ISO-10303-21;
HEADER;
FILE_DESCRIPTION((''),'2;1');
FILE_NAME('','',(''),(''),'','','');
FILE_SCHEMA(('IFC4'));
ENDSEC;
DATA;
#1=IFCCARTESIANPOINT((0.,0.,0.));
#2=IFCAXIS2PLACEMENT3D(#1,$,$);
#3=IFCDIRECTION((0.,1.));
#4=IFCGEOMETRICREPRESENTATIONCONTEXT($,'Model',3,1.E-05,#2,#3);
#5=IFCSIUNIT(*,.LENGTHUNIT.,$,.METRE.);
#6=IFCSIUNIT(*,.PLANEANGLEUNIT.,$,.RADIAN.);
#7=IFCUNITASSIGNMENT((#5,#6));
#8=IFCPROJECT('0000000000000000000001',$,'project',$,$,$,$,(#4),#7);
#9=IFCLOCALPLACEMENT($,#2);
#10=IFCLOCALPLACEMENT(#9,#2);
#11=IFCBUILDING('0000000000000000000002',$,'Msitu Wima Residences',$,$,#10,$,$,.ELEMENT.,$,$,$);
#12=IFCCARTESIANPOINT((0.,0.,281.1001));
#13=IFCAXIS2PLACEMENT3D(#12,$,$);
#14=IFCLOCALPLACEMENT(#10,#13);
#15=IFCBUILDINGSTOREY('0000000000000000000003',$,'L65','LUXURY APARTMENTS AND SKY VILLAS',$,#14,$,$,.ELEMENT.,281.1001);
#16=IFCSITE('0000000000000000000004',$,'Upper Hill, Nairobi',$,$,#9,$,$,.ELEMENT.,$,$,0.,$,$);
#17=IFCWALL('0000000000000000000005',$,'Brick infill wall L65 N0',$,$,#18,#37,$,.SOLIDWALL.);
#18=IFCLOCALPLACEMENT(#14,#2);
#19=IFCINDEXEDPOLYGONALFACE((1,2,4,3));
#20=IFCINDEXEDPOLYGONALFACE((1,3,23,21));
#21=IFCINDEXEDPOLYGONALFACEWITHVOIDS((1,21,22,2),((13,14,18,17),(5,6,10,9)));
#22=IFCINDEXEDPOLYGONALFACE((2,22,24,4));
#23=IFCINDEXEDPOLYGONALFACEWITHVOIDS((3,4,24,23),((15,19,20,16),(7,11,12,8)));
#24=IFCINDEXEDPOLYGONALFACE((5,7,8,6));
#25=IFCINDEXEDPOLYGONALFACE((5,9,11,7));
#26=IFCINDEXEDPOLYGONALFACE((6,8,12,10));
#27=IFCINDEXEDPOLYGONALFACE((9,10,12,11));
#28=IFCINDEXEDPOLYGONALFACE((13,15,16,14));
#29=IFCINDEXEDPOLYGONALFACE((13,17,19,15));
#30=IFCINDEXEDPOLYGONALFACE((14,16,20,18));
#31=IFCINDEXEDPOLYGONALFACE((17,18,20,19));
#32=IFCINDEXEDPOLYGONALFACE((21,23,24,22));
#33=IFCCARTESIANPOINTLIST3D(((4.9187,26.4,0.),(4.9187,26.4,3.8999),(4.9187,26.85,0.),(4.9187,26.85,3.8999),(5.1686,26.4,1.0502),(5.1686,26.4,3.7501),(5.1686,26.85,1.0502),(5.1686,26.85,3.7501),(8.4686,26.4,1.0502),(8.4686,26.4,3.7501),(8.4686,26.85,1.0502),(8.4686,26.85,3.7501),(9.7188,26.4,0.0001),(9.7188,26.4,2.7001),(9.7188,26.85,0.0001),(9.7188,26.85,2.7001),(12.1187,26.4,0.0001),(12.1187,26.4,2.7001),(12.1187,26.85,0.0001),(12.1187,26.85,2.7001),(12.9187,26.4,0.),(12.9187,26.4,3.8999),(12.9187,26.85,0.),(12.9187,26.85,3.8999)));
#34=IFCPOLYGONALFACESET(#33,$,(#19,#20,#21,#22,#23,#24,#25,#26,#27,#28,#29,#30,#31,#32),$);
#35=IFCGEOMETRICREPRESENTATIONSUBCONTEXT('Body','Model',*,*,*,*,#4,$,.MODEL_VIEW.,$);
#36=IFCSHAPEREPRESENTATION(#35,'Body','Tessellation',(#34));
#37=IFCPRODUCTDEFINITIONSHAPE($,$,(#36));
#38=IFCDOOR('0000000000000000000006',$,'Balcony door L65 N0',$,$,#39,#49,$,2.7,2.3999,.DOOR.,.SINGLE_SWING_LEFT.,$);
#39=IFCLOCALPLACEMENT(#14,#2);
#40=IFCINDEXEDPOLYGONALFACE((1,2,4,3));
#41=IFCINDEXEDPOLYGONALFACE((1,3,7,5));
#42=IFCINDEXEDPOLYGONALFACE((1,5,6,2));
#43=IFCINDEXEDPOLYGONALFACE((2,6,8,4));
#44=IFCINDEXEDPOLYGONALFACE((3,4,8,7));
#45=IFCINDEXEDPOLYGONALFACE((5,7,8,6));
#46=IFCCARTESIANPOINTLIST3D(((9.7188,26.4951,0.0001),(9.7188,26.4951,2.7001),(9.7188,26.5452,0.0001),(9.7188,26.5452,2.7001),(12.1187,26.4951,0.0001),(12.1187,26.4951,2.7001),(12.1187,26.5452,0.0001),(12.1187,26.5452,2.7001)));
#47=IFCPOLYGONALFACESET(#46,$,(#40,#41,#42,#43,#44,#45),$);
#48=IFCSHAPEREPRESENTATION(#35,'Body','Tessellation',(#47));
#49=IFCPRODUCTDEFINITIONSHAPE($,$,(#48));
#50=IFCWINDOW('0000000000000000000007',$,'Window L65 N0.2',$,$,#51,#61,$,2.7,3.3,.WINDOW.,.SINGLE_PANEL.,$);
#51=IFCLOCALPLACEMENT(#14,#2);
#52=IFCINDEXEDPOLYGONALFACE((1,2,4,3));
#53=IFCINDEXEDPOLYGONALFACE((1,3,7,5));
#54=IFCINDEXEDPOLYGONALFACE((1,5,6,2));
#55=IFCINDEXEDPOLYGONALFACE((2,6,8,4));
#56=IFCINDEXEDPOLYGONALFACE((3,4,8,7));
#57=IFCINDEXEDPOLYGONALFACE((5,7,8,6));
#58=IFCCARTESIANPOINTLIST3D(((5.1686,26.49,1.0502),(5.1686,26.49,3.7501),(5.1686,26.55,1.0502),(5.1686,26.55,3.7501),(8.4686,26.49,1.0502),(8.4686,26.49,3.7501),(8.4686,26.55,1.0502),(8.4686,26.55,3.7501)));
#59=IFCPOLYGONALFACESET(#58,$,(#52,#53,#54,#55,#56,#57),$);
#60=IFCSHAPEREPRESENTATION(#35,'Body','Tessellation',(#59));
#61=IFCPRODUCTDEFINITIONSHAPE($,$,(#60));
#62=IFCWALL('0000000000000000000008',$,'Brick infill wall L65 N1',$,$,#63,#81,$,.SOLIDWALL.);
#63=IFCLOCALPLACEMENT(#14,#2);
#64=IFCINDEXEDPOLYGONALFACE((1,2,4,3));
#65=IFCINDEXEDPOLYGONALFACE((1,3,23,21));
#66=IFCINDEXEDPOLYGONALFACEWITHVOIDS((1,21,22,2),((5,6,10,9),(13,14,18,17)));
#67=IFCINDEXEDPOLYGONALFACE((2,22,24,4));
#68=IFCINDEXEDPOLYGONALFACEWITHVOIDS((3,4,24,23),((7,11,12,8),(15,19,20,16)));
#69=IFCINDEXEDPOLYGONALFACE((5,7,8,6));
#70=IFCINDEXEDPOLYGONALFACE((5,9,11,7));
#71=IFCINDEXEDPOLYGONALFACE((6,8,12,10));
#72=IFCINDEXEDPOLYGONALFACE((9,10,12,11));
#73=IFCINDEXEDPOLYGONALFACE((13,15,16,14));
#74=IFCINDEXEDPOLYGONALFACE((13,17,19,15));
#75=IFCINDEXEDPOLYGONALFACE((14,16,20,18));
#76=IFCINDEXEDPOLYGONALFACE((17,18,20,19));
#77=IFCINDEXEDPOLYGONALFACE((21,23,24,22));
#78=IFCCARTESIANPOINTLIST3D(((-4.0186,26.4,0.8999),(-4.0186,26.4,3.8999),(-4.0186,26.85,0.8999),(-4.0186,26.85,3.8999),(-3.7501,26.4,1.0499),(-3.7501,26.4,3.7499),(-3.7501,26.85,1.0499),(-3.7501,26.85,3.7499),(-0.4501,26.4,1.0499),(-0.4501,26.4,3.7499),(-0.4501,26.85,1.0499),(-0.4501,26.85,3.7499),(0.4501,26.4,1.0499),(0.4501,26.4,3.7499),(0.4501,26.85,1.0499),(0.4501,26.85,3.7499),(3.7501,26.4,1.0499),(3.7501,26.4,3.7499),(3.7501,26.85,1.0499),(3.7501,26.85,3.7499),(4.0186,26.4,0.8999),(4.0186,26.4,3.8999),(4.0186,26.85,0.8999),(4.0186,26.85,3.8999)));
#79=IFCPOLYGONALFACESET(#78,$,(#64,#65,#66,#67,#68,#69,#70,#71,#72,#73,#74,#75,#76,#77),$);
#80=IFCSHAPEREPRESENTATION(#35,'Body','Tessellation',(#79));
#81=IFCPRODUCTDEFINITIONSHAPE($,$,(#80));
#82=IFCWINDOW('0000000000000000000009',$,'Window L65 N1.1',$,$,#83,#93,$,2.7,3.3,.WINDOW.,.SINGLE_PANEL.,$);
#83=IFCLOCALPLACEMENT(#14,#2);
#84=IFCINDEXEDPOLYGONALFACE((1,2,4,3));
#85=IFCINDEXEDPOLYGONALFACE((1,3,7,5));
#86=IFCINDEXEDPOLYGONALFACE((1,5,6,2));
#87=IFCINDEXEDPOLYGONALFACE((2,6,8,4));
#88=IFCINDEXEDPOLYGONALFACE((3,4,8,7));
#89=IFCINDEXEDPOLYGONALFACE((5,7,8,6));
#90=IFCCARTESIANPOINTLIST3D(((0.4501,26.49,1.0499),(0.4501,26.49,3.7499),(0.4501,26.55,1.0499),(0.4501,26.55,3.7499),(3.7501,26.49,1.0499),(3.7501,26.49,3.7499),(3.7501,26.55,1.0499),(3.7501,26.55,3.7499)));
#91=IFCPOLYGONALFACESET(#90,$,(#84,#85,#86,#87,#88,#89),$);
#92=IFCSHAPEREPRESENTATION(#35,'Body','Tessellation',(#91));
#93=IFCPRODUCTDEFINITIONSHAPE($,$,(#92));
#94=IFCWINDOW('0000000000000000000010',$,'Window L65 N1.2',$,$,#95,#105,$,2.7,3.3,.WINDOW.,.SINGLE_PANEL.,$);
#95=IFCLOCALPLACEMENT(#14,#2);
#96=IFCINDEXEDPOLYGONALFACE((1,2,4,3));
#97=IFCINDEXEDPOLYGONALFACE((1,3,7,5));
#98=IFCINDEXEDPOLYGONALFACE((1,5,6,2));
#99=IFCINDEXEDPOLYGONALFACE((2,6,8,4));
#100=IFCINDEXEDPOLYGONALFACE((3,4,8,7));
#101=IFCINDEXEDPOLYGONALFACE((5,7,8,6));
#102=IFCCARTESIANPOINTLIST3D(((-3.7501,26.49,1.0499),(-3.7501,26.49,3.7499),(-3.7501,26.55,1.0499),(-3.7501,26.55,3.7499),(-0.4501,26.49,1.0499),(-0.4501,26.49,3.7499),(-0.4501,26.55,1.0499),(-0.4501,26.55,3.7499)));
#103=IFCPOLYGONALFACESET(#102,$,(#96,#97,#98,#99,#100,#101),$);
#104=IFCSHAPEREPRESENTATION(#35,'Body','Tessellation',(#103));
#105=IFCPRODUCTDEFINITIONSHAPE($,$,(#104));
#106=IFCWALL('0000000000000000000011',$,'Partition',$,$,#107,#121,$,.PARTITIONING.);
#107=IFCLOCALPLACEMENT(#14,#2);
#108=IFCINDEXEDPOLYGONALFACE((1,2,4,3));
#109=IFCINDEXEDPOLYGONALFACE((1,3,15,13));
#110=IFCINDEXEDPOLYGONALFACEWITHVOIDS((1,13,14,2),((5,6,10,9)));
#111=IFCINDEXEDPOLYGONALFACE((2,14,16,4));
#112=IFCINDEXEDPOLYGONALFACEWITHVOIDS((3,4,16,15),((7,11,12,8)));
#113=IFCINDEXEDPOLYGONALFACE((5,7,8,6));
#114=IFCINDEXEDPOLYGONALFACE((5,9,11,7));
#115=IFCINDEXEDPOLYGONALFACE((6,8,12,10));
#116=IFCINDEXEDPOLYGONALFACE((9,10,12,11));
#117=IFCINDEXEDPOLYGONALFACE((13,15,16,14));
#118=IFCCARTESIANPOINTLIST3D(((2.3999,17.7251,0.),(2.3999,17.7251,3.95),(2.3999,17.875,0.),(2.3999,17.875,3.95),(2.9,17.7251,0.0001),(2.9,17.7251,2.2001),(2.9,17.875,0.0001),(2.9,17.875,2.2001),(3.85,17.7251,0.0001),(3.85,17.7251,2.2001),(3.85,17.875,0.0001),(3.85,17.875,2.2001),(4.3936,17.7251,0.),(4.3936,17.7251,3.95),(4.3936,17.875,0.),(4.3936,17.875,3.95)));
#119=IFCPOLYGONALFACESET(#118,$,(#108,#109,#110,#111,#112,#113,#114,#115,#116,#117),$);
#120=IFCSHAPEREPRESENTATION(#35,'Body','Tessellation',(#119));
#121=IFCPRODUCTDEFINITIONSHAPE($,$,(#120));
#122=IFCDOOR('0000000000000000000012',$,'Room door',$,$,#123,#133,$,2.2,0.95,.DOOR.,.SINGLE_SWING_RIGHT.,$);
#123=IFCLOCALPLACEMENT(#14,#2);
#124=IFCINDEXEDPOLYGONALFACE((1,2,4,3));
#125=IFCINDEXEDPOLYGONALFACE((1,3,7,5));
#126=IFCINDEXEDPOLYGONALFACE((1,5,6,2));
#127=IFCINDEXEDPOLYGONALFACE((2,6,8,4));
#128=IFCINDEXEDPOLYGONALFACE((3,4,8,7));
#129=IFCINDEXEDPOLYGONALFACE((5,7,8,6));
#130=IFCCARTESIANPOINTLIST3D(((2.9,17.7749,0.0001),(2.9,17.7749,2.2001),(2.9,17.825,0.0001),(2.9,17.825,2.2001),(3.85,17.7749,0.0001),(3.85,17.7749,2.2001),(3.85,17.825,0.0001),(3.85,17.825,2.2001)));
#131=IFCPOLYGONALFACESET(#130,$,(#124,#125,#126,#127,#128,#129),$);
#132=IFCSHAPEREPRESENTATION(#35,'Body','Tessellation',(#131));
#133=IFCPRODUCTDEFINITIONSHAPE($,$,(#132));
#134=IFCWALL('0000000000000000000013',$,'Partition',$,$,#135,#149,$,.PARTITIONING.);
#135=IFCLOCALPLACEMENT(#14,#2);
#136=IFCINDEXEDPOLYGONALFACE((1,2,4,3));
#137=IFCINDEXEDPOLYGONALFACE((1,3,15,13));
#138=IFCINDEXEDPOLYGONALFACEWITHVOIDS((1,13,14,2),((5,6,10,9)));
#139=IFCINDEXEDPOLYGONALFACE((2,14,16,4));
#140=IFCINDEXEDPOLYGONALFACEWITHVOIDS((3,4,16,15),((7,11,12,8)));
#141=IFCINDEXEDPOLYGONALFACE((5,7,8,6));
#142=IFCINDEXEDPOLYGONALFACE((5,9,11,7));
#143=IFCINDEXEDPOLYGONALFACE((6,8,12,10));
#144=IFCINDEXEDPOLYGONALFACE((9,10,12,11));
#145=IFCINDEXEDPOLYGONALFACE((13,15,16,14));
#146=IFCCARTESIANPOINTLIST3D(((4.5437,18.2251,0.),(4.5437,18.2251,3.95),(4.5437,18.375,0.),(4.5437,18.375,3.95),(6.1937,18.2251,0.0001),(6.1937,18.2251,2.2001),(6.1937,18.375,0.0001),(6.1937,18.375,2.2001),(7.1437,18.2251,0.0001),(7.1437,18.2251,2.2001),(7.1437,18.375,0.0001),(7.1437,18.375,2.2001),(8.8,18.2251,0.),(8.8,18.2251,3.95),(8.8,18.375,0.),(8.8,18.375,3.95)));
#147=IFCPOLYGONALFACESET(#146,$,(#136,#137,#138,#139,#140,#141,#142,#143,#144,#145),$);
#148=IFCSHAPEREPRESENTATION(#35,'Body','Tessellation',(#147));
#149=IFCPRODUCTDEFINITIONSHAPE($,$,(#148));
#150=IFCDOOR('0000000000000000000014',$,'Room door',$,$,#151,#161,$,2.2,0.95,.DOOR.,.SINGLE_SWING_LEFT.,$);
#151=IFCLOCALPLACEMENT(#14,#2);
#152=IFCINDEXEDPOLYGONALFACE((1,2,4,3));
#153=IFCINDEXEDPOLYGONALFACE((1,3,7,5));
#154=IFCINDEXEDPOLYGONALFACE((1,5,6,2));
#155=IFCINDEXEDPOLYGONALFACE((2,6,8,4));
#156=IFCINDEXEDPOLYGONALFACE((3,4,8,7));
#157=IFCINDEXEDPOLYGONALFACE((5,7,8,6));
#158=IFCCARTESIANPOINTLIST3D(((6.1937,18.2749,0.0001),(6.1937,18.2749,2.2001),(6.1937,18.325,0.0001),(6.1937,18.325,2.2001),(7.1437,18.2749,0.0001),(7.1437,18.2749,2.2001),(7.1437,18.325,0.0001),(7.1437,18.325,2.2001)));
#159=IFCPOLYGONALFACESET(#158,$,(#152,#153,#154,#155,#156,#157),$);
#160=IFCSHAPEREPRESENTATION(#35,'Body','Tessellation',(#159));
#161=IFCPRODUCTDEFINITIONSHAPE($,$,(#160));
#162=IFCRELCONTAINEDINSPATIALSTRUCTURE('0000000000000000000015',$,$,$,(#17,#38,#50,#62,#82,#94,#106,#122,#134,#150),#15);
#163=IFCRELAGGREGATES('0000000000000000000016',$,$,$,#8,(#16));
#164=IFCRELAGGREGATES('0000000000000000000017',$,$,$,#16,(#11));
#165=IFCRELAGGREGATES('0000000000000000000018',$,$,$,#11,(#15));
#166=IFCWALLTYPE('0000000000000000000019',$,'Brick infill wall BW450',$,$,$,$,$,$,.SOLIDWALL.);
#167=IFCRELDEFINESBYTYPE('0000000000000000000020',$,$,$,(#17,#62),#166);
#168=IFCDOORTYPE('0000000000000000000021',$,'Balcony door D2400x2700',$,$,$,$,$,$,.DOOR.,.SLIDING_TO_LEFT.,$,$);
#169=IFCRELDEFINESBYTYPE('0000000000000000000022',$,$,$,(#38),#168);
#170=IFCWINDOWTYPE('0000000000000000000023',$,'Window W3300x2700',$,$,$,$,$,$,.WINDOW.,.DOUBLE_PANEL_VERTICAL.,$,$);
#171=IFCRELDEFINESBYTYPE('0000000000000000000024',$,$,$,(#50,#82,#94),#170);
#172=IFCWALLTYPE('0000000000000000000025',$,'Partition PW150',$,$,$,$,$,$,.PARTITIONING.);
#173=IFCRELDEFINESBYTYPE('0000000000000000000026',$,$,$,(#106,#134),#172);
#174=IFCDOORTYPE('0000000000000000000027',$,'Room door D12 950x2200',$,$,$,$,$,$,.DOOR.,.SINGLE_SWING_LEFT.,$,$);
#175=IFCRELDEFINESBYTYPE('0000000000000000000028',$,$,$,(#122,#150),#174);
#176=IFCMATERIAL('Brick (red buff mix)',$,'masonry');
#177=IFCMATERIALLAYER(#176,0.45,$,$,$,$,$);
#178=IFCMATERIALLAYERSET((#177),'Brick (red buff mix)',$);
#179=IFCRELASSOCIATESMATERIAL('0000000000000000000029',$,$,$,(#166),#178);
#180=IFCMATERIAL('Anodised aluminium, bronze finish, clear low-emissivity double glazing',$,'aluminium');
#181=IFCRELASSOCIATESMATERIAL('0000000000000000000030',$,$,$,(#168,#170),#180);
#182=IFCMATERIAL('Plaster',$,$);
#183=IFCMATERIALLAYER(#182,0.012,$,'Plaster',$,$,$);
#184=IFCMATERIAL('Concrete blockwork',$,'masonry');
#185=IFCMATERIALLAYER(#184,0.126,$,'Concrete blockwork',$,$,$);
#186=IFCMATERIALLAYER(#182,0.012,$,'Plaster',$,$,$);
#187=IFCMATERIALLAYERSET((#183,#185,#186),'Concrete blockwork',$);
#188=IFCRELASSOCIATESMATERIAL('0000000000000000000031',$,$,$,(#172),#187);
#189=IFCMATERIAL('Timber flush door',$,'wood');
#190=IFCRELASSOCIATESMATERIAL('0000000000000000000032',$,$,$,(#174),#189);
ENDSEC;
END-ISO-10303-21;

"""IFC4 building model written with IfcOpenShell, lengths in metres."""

from ifc_helpers import new_model, si_unit, direction, frame, frame_2d, origin, place, context, subcontext, project, spatial, rectangle, extrude, material, layer, layer_set, type_object, element, fill, save


model = new_model("IFC4")

# Units and contexts
model_context = context("Model", 3, precision=1e-05, world=origin(), true_north=direction((0.0, 1.0)))
body_context = subcontext(model_context, "Body", "Model", "MODEL_VIEW")
ifc_project = project(units=[si_unit("LENGTHUNIT", "METRE"), si_unit("PLANEANGLEUNIT", "RADIAN")], contexts=[model_context])

# Site, building, storey
site_placement = place(None, origin())
site = spatial("IfcSite", under=ifc_project, at=site_placement, Name="Upper Hill, Nairobi", CompositionType="ELEMENT", RefElevation=0.0)
building_placement = place(site_placement, origin())
building = spatial("IfcBuilding", under=site, at=building_placement, Name="Msitu Wima Residences", CompositionType="ELEMENT")
storey_placement = place(building_placement, frame((0.0, 0.0, 281.1001)))
storey = spatial("IfcBuildingStorey", under=building, at=storey_placement, Name="L65", Description="LUXURY APARTMENTS AND SKY VILLAS", CompositionType="ELEMENT", Elevation=281.1001)

# Wall, openings, door, window
ifc_material_1 = material(Name="Brick (red buff mix)", Category="masonry")
ifc_layer_1 = layer(ifc_material_1, 0.45)
ifc_layer_set_1 = layer_set([ifc_layer_1], Name="Brick (red buff mix)")
wall_type_1 = type_object("IfcWallType", Name="Brick infill wall BW450", PredefinedType="SOLIDWALL", material=ifc_layer_set_1)
wall_1_placement = place(storey_placement, frame((12.9187, 26.625, 0.0), z_axis=(0.0, 0.0, 1.0), x_axis=(-1.0, 0.0, 0.0)))
wall_1 = element("IfcWall", 1, at=wall_1_placement, inside=storey, type_object=wall_type_1, Name="Brick infill wall L65 N0", PredefinedType="SOLIDWALL", context=body_context, shape_type="SweptSolid", body=[
    extrude(rectangle(XDim=8.0, YDim=0.45, at=frame_2d((4.0, 0.0))), origin(), (0.0, 0.0, 1.0), 3.8999),
])
opening_1_placement = place(wall_1_placement, frame((0.8, 0.0, 0.0)))
opening_1 = element("IfcOpeningElement", 2, at=opening_1_placement, cuts=wall_1, PredefinedType="OPENING", context=body_context, shape_type="SweptSolid", body=[
    extrude(rectangle(XDim=2.3999, YDim=2.7, at=frame_2d((1.2, 1.3501))), frame((0.0, 0.2349, 0.0), z_axis=(0.0, -1.0, 0.0), x_axis=(1.0, 0.0, 0.0)), (0.0, 0.0, 1.0), 0.47),
])
opening_2_placement = place(wall_1_placement, frame((4.4502, 0.0, 1.05)))
opening_2 = element("IfcOpeningElement", 3, at=opening_2_placement, cuts=wall_1, PredefinedType="OPENING", context=body_context, shape_type="SweptSolid", body=[
    extrude(rectangle(XDim=3.3, YDim=2.7, at=frame_2d((1.6499, 1.3501))), frame((0.0, 0.2349, 0.0), z_axis=(0.0, -1.0, 0.0), x_axis=(1.0, 0.0, 0.0)), (0.0, 0.0, 1.0), 0.47),
])
ifc_material_2 = material(Name="Anodised aluminium, bronze finish, clear low-emissivity double glazing", Category="aluminium")
door_type_1 = type_object("IfcDoorType", Name="Balcony door D2400x2700", OperationType="SLIDING_TO_LEFT", PredefinedType="DOOR", material=ifc_material_2)
door_1_placement = place(opening_1_placement, origin())
door_1 = element("IfcDoor", 4, at=door_1_placement, inside=storey, type_object=door_type_1, Name="Balcony door L65 N0", OperationType="SINGLE_SWING_LEFT", OverallHeight=2.7, OverallWidth=2.3999, PredefinedType="DOOR", context=body_context, shape_type="SweptSolid", body=[
    extrude(rectangle(XDim=2.3999, YDim=2.7, at=frame_2d((1.2, 1.3501))), frame((0.0, 0.1299, 0.0), z_axis=(0.0, -1.0, 0.0), x_axis=(1.0, 0.0, 0.0)), (0.0, 0.0, 1.0), 0.05),
])
fill(opening_1, door_1)
window_type = type_object("IfcWindowType", Name="Window W3300x2700", PartitioningType="DOUBLE_PANEL_VERTICAL", PredefinedType="WINDOW", material=ifc_material_2)
window_1_placement = place(opening_2_placement, origin())
window_1 = element("IfcWindow", 5, at=window_1_placement, inside=storey, type_object=window_type, Name="Window L65 N0.2", OverallHeight=2.7, OverallWidth=3.3, PartitioningType="SINGLE_PANEL", PredefinedType="WINDOW", context=body_context, shape_type="SweptSolid", body=[
    extrude(rectangle(XDim=3.3, YDim=2.7, at=frame_2d((1.6499, 1.3501))), frame((0.0, 0.135, 0.0), z_axis=(0.0, -1.0, 0.0), x_axis=(1.0, 0.0, 0.0)), (0.0, 0.0, 1.0), 0.0601),
])
fill(opening_2, window_1)

# Wall, openings, windows
wall_2_placement = place(storey_placement, frame((4.0186, 26.625, 0.8999), z_axis=(0.0, 0.0, 1.0), x_axis=(-1.0, 0.0, 0.0)))
wall_2 = element("IfcWall", 6, at=wall_2_placement, inside=storey, type_object=wall_type_1, Name="Brick infill wall L65 N1", PredefinedType="SOLIDWALL", context=body_context, shape_type="SweptSolid", body=[
    extrude(rectangle(XDim=8.0371, YDim=0.45, at=frame_2d((4.0186, 0.0))), origin(), (0.0, 0.0, 1.0), 3.0),
])
opening_3_placement = place(wall_2_placement, frame((0.2686, 0.0, 0.1499)))
opening_3 = element("IfcOpeningElement", 7, at=opening_3_placement, cuts=wall_2, PredefinedType="OPENING", context=body_context, shape_type="SweptSolid", body=[
    extrude(rectangle(XDim=3.3, YDim=2.7, at=frame_2d((1.6499, 1.3501))), frame((0.0, 0.2349, 0.0), z_axis=(0.0, -1.0, 0.0), x_axis=(1.0, 0.0, 0.0)), (0.0, 0.0, 1.0), 0.47),
])
opening_4_placement = place(wall_2_placement, frame((4.4688, 0.0, 0.1499)))
opening_4 = element("IfcOpeningElement", 8, at=opening_4_placement, cuts=wall_2, PredefinedType="OPENING", context=body_context, shape_type="SweptSolid", body=[
    extrude(rectangle(XDim=3.3, YDim=2.7, at=frame_2d((1.6499, 1.3501))), frame((0.0, 0.2349, 0.0), z_axis=(0.0, -1.0, 0.0), x_axis=(1.0, 0.0, 0.0)), (0.0, 0.0, 1.0), 0.47),
])
window_2_placement = place(opening_3_placement, origin())
window_2 = element("IfcWindow", 9, at=window_2_placement, inside=storey, type_object=window_type, Name="Window L65 N1.1", OverallHeight=2.7, OverallWidth=3.3, PartitioningType="SINGLE_PANEL", PredefinedType="WINDOW", context=body_context, shape_type="SweptSolid", body=[
    extrude(rectangle(XDim=3.3, YDim=2.7, at=frame_2d((1.6499, 1.3501))), frame((0.0, 0.135, 0.0), z_axis=(0.0, -1.0, 0.0), x_axis=(1.0, 0.0, 0.0)), (0.0, 0.0, 1.0), 0.0601),
])
fill(opening_3, window_2)
window_3_placement = place(opening_4_placement, origin())
window_3 = element("IfcWindow", 10, at=window_3_placement, inside=storey, type_object=window_type, Name="Window L65 N1.2", OverallHeight=2.7, OverallWidth=3.3, PartitioningType="SINGLE_PANEL", PredefinedType="WINDOW", context=body_context, shape_type="SweptSolid", body=[
    extrude(rectangle(XDim=3.3, YDim=2.7, at=frame_2d((1.6499, 1.3501))), frame((0.0, 0.135, 0.0), z_axis=(0.0, -1.0, 0.0), x_axis=(1.0, 0.0, 0.0)), (0.0, 0.0, 1.0), 0.0601),
])
fill(opening_4, window_3)

# Walls, openings, doors
ifc_material_3 = material(Name="Plaster")
ifc_layer_2 = layer(ifc_material_3, 0.012, Name="Plaster")
ifc_material_4 = material(Name="Concrete blockwork", Category="masonry")
ifc_layer_3 = layer(ifc_material_4, 0.126, Name="Concrete blockwork")
ifc_layer_4 = layer(ifc_material_3, 0.012, Name="Plaster")
ifc_layer_set_2 = layer_set([ifc_layer_2, ifc_layer_3, ifc_layer_4], Name="Concrete blockwork")
wall_type_2 = type_object("IfcWallType", Name="Partition PW150", PredefinedType="PARTITIONING", material=ifc_layer_set_2)
wall_3_placement = place(storey_placement, frame((2.3999, 17.8, 0.0), z_axis=(0.0, 0.0, 1.0), x_axis=(1.0, 0.0, 0.0)))
wall_3 = element("IfcWall", 11, at=wall_3_placement, inside=storey, type_object=wall_type_2, Name="Partition", PredefinedType="PARTITIONING", context=body_context, shape_type="SweptSolid", body=[
    extrude(rectangle(XDim=1.9937, YDim=0.1499, at=frame_2d((0.9968, 0.0))), origin(), (0.0, 0.0, 1.0), 3.95),
])
opening_5_placement = place(wall_3_placement, frame((0.5, 0.0, 0.0)))
opening_5 = element("IfcOpeningElement", 12, at=opening_5_placement, cuts=wall_3, PredefinedType="OPENING", context=body_context, shape_type="SweptSolid", body=[
    extrude(rectangle(XDim=0.95, YDim=2.2, at=frame_2d((0.4751, 1.1001))), frame((0.0, 0.085, 0.0), z_axis=(0.0, -1.0, 0.0), x_axis=(1.0, 0.0, 0.0)), (0.0, 0.0, 1.0), 0.1699),
])
ifc_material_5 = material(Name="Timber flush door", Category="wood")
door_type_2 = type_object("IfcDoorType", Name="Room door D12 950x2200", OperationType="SINGLE_SWING_LEFT", PredefinedType="DOOR", material=ifc_material_5)
door_2_placement = place(opening_5_placement, origin())
door_2 = element("IfcDoor", 13, at=door_2_placement, inside=storey, type_object=door_type_2, Name="Room door", OperationType="SINGLE_SWING_RIGHT", OverallHeight=2.2, OverallWidth=0.95, PredefinedType="DOOR", context=body_context, shape_type="SweptSolid", body=[
    extrude(rectangle(XDim=0.95, YDim=2.2, at=frame_2d((0.4751, 1.1001))), frame((0.0, 0.0249, 0.0), z_axis=(0.0, -1.0, 0.0), x_axis=(1.0, 0.0, 0.0)), (0.0, 0.0, 1.0), 0.05),
])
fill(opening_5, door_2)
wall_4_placement = place(storey_placement, frame((4.5437, 18.3, 0.0), z_axis=(0.0, 0.0, 1.0), x_axis=(1.0, 0.0, 0.0)))
wall_4 = element("IfcWall", 14, at=wall_4_placement, inside=storey, type_object=wall_type_2, Name="Partition", PredefinedType="PARTITIONING", context=body_context, shape_type="SweptSolid", body=[
    extrude(rectangle(XDim=4.2563, YDim=0.1499, at=frame_2d((2.1282, 0.0))), origin(), (0.0, 0.0, 1.0), 3.95),
])
opening_6_placement = place(wall_4_placement, frame((1.6499, 0.0, 0.0)))
opening_6 = element("IfcOpeningElement", 15, at=opening_6_placement, cuts=wall_4, PredefinedType="OPENING", context=body_context, shape_type="SweptSolid", body=[
    extrude(rectangle(XDim=0.95, YDim=2.2, at=frame_2d((0.4751, 1.1001))), frame((0.0, 0.085, 0.0), z_axis=(0.0, -1.0, 0.0), x_axis=(1.0, 0.0, 0.0)), (0.0, 0.0, 1.0), 0.1699),
])
door_3_placement = place(opening_6_placement, origin())
door_3 = element("IfcDoor", 16, at=door_3_placement, inside=storey, type_object=door_type_2, Name="Room door", OperationType="SINGLE_SWING_LEFT", OverallHeight=2.2, OverallWidth=0.95, PredefinedType="DOOR", context=body_context, shape_type="SweptSolid", body=[
    extrude(rectangle(XDim=0.95, YDim=2.2, at=frame_2d((0.4751, 1.1001))), frame((0.0, 0.0249, 0.0), z_axis=(0.0, -1.0, 0.0), x_axis=(1.0, 0.0, 0.0)), (0.0, 0.0, 1.0), 0.05),
])
fill(opening_6, door_3)

save(model, "model.ifc")
